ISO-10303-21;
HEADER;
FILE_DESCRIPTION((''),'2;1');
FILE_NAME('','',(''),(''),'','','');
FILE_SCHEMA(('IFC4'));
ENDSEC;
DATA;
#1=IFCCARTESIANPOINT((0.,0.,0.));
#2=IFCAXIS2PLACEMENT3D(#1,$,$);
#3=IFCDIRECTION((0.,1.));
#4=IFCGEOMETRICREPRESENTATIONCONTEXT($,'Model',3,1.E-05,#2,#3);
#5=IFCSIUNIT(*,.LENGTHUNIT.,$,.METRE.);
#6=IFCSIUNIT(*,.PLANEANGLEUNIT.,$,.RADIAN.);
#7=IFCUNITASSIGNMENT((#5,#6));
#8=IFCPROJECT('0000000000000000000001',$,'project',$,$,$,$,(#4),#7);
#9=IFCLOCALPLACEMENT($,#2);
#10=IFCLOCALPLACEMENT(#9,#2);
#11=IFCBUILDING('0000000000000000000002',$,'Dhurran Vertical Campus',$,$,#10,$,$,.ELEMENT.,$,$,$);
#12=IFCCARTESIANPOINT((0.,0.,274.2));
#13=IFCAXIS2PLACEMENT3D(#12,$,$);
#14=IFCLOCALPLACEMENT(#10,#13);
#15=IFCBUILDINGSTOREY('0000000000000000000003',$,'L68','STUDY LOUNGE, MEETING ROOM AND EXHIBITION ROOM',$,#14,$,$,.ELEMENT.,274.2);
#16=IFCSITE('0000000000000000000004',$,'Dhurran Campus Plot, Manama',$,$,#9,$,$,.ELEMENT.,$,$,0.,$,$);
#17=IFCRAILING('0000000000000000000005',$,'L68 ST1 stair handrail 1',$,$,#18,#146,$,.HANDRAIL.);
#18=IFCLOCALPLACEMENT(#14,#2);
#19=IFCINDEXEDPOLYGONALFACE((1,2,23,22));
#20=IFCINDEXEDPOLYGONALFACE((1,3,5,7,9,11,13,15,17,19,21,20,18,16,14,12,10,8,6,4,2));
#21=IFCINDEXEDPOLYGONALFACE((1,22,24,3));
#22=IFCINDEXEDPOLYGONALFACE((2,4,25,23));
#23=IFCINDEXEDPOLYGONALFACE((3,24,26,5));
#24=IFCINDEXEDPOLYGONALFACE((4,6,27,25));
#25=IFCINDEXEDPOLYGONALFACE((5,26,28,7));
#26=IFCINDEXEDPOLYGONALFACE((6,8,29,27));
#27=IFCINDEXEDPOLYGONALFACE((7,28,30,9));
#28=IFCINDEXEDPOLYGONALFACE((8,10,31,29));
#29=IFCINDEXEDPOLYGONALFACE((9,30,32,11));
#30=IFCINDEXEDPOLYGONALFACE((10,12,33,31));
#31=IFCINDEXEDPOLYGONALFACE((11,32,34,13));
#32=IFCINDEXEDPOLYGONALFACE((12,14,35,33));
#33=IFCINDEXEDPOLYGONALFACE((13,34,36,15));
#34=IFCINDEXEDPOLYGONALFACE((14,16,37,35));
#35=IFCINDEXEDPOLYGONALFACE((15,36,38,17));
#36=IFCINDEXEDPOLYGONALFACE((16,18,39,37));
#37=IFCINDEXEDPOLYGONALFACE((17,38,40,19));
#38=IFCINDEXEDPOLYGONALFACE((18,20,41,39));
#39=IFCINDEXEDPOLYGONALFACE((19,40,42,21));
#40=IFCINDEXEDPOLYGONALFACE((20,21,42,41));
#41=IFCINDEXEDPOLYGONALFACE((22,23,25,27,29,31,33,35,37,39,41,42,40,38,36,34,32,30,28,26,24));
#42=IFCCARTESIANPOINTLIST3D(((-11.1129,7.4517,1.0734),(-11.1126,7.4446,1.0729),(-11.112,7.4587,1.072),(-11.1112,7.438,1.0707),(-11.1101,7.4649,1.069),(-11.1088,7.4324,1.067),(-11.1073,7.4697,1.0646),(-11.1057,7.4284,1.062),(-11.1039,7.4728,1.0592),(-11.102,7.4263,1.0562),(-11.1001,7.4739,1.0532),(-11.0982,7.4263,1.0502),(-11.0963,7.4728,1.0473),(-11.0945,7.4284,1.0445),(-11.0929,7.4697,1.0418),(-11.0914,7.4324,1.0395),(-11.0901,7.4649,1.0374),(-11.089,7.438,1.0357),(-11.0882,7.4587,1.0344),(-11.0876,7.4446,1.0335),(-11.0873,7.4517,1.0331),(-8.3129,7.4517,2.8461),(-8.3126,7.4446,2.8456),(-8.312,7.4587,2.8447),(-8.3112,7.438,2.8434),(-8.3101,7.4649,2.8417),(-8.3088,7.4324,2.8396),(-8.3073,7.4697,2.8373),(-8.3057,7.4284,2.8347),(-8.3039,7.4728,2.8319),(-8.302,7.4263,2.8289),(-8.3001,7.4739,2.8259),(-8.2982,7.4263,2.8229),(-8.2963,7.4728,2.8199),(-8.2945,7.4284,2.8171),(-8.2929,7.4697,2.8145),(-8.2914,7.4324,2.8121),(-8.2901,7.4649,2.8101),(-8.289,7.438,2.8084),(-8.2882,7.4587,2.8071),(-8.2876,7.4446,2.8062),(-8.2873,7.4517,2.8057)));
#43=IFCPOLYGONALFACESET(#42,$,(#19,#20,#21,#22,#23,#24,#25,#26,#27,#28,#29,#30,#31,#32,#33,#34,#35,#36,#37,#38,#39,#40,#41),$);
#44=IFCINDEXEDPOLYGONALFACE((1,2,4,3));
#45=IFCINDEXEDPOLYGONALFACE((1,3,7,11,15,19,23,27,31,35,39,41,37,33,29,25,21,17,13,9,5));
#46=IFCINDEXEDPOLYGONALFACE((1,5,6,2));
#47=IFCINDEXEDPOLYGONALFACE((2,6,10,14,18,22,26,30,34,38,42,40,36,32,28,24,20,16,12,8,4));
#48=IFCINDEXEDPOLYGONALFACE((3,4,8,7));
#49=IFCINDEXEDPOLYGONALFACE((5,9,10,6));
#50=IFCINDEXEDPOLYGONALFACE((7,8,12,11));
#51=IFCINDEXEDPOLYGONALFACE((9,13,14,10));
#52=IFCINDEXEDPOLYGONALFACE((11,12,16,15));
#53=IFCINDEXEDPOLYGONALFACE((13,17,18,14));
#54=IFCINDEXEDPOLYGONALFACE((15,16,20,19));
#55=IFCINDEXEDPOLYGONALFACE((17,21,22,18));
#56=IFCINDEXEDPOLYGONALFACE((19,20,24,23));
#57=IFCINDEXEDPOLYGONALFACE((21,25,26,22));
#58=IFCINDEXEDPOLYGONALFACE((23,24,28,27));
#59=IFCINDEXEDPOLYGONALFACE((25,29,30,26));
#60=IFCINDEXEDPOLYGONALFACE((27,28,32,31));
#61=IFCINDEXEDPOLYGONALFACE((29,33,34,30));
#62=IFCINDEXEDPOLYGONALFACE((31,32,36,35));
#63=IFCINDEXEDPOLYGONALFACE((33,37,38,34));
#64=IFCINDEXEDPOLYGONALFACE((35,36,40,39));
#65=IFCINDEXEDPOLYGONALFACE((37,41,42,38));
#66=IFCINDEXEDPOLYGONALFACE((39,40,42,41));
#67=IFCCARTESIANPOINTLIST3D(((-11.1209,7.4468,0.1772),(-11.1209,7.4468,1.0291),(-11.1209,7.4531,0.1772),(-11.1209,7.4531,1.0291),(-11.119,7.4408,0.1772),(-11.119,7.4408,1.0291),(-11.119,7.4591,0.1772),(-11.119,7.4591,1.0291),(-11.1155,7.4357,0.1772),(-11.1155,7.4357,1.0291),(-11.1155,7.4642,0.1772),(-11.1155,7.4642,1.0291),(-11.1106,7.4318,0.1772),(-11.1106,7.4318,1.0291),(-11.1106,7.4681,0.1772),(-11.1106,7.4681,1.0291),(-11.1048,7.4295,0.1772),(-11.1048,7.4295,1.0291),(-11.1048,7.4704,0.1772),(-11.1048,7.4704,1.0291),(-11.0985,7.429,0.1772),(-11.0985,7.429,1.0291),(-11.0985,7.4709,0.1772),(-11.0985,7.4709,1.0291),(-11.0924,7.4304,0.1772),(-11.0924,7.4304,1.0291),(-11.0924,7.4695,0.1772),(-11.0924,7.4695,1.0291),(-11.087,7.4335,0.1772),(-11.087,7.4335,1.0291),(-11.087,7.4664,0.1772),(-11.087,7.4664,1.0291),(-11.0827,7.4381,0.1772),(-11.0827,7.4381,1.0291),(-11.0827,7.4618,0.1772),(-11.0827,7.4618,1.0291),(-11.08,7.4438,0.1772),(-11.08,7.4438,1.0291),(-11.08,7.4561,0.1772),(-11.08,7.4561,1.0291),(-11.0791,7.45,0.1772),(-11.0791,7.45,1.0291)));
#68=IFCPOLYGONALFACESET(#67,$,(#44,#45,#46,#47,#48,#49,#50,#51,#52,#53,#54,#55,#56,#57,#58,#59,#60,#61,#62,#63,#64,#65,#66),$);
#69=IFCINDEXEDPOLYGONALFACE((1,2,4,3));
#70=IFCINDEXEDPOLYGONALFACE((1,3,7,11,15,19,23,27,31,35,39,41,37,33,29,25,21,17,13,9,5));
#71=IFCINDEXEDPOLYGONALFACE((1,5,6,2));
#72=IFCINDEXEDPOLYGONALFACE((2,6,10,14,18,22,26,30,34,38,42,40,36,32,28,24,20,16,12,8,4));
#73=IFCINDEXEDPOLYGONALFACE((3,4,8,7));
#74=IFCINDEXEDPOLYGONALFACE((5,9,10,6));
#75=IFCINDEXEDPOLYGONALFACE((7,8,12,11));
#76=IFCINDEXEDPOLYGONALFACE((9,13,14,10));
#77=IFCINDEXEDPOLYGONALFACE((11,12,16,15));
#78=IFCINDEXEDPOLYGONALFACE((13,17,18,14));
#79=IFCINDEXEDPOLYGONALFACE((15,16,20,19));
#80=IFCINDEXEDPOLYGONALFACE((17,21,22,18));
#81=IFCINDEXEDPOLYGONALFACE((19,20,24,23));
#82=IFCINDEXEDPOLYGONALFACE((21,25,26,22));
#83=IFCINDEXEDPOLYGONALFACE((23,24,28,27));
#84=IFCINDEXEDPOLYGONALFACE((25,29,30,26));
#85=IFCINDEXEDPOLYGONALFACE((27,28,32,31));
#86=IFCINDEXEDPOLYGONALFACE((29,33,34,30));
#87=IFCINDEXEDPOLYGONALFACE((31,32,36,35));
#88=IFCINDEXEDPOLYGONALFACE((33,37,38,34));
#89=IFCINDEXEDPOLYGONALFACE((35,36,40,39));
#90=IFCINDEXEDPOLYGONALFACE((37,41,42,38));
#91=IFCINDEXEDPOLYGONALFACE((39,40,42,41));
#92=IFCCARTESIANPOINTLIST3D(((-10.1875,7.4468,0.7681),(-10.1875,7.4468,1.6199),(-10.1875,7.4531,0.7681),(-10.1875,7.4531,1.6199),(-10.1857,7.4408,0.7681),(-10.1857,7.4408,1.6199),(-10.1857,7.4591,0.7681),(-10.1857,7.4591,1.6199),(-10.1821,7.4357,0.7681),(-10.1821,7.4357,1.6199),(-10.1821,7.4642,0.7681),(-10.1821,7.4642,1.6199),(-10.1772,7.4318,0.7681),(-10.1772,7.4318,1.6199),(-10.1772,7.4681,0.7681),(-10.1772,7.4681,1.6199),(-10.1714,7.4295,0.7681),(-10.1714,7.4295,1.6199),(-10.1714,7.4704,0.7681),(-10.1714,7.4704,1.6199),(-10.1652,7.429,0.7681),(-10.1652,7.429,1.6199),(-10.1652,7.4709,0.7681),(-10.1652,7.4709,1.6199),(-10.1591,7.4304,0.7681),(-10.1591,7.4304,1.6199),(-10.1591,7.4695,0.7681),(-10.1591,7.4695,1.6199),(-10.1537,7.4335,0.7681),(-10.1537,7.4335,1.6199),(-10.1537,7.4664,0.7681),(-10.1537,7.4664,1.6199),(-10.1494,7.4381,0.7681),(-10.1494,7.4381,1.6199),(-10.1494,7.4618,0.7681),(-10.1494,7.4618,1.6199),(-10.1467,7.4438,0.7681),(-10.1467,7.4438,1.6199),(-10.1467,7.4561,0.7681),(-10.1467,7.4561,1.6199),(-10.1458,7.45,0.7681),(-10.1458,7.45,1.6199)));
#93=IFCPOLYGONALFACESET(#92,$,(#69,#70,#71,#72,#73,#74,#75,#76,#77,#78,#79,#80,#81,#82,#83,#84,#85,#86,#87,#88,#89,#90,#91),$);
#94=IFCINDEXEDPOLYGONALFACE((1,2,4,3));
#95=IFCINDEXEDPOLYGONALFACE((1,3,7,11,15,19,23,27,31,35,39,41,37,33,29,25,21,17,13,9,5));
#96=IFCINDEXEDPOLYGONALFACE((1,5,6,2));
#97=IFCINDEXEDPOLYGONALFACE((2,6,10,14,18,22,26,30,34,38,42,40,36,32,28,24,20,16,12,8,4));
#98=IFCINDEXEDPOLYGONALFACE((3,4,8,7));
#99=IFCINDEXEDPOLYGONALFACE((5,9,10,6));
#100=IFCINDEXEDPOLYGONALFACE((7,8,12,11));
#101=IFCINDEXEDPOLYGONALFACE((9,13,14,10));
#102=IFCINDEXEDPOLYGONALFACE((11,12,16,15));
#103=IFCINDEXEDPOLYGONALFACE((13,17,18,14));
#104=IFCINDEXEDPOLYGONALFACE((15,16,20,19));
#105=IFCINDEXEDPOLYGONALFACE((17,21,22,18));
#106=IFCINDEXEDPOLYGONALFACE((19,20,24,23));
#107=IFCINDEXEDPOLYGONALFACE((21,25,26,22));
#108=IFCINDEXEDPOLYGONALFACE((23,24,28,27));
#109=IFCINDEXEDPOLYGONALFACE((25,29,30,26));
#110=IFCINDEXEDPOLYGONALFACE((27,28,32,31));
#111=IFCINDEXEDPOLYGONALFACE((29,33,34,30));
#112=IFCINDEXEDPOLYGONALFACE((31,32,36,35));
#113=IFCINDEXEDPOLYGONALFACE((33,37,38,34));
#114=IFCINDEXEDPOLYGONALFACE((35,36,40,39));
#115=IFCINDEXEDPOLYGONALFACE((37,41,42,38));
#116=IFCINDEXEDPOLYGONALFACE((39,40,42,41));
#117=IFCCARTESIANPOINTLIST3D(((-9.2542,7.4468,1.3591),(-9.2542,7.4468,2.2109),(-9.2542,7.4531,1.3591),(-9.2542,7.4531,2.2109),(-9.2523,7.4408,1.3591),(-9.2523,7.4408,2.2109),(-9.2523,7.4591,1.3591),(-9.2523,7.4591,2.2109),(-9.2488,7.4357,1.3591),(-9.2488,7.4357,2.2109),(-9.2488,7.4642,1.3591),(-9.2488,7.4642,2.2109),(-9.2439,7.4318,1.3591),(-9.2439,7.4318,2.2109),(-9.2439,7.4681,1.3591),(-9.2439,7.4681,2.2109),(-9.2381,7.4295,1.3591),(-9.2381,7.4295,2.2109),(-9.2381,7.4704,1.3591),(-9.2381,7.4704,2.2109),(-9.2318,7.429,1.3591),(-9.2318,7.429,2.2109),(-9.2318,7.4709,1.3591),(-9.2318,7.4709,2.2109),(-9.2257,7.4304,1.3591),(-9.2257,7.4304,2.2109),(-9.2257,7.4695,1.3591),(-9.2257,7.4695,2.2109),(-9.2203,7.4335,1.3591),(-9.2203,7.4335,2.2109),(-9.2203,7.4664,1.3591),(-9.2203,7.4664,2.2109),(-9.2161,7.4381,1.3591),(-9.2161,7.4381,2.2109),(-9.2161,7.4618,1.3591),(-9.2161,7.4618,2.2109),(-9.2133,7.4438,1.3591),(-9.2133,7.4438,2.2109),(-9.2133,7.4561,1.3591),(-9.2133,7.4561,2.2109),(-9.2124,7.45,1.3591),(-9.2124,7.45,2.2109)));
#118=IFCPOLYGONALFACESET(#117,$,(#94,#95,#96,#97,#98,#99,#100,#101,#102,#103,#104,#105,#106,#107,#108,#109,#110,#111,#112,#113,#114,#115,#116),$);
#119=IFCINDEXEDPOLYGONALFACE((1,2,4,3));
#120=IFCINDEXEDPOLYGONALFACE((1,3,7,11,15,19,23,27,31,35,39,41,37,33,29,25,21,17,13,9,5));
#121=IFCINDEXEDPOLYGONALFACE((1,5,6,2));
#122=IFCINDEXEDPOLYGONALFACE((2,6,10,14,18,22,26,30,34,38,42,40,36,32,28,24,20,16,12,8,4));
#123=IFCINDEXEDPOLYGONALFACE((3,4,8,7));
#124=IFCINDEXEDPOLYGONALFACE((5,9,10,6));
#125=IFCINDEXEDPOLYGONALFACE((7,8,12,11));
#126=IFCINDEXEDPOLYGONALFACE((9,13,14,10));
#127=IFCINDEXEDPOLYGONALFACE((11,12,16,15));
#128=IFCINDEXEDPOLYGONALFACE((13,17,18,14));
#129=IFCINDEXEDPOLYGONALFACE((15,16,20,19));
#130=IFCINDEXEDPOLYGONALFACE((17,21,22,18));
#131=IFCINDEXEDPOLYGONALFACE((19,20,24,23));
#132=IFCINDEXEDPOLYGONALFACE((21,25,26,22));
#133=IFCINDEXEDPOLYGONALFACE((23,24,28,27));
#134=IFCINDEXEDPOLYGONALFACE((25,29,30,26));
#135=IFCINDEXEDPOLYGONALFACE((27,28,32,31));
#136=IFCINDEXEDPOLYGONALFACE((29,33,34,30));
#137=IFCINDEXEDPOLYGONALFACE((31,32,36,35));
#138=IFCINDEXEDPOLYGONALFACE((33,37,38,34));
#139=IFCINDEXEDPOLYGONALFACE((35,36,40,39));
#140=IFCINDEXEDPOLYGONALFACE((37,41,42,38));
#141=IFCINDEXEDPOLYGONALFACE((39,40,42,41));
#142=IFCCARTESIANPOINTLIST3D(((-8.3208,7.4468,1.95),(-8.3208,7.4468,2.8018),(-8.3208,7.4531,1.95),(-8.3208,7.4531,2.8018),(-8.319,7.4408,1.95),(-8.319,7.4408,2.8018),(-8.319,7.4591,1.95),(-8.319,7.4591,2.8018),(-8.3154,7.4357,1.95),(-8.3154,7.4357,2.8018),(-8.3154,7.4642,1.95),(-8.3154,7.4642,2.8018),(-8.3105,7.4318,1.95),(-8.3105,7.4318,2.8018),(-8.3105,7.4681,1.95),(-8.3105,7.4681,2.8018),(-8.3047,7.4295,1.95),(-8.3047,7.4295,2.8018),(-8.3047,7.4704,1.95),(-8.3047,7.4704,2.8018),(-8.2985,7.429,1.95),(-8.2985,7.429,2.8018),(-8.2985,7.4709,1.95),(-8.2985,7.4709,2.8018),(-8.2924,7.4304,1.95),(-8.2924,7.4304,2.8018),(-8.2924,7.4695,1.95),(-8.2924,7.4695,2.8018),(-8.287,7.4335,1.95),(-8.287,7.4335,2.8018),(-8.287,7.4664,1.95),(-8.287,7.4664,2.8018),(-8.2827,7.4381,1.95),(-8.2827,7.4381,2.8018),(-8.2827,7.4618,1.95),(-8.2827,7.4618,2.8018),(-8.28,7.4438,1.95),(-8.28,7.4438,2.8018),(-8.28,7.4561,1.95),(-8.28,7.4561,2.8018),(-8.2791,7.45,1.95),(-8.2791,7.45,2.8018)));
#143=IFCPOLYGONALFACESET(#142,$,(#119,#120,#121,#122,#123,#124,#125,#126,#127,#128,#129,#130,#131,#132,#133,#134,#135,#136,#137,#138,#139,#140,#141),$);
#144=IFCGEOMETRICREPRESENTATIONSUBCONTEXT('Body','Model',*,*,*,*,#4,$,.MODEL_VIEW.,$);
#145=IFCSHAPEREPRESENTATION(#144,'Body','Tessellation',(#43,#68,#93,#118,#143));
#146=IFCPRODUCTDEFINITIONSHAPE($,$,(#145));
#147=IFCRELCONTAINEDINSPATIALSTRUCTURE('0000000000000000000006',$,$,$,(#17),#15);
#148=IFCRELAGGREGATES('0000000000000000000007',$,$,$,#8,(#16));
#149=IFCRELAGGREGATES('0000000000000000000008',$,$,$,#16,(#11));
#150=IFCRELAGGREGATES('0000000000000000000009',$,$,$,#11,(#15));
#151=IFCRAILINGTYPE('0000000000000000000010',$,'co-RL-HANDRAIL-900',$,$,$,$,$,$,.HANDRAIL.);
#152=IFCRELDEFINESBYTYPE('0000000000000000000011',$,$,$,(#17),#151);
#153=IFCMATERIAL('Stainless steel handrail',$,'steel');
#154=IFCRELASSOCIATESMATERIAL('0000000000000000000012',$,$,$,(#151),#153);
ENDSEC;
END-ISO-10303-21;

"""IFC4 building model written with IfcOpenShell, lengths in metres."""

from ifc_helpers import new_model, si_unit, direction, frame, origin, origin_2d, place, context, subcontext, project, spatial, circle, extrude, material, type_object, element, save


model = new_model("IFC4")

# Units and contexts
model_context = context("Model", 3, precision=1e-05, world=origin(), true_north=direction((0.0, 1.0)))
body_context = subcontext(model_context, "Body", "Model", "MODEL_VIEW")
ifc_project = project(units=[si_unit("LENGTHUNIT", "METRE"), si_unit("PLANEANGLEUNIT", "RADIAN")], contexts=[model_context])

# Site, building, storey
site_placement = place(None, origin())
site = spatial("IfcSite", under=ifc_project, at=site_placement, Name="Dhurran Campus Plot, Manama", CompositionType="ELEMENT", RefElevation=0.0)
building_placement = place(site_placement, origin())
building = spatial("IfcBuilding", under=site, at=building_placement, Name="Dhurran Vertical Campus", CompositionType="ELEMENT")
storey_placement = place(building_placement, frame((0.0, 0.0, 274.2)))
storey = spatial("IfcBuildingStorey", under=building, at=storey_placement, Name="L68", Description="STUDY LOUNGE, MEETING ROOM AND EXHIBITION ROOM", CompositionType="ELEMENT", Elevation=274.2)

# Railing
ifc_material_1 = material(Name="Stainless steel handrail", Category="steel")
railing_type_1 = type_object("IfcRailingType", Name="co-RL-HANDRAIL-900", PredefinedType="HANDRAIL", material=ifc_material_1)
railing_1_placement = place(storey_placement, frame((-11.1001, 7.45, 0.1772)))
element("IfcRailing", 1, at=railing_1_placement, inside=storey, type_object=railing_type_1, Name="L68 ST1 stair handrail 1", PredefinedType="HANDRAIL", context=body_context, shape_type="SweptSolid", body=[
    extrude(circle(Radius=0.0239, at=origin_2d()), frame((0.0, 0.0, 0.876), z_axis=(0.844909, 0.0, 0.53491), x_axis=(0.0, 1.0, 0.0)), (0.0, 0.0, 1.0), 3.314),
    extrude(circle(Radius=0.021, at=origin_2d()), origin(), (0.0, 0.0, 1.0), 0.8518),
    extrude(circle(Radius=0.021, at=origin_2d()), frame((0.9333, 0.0, 0.5908)), (0.0, 0.0, 1.0), 0.8518),
    extrude(circle(Radius=0.021, at=origin_2d()), frame((1.8667, 0.0, 1.1819)), (0.0, 0.0, 1.0), 0.8518),
    extrude(circle(Radius=0.021, at=origin_2d()), frame((2.8, 0.0, 1.7727)), (0.0, 0.0, 1.0), 0.8518),
])

save(model, "model.ifc")
